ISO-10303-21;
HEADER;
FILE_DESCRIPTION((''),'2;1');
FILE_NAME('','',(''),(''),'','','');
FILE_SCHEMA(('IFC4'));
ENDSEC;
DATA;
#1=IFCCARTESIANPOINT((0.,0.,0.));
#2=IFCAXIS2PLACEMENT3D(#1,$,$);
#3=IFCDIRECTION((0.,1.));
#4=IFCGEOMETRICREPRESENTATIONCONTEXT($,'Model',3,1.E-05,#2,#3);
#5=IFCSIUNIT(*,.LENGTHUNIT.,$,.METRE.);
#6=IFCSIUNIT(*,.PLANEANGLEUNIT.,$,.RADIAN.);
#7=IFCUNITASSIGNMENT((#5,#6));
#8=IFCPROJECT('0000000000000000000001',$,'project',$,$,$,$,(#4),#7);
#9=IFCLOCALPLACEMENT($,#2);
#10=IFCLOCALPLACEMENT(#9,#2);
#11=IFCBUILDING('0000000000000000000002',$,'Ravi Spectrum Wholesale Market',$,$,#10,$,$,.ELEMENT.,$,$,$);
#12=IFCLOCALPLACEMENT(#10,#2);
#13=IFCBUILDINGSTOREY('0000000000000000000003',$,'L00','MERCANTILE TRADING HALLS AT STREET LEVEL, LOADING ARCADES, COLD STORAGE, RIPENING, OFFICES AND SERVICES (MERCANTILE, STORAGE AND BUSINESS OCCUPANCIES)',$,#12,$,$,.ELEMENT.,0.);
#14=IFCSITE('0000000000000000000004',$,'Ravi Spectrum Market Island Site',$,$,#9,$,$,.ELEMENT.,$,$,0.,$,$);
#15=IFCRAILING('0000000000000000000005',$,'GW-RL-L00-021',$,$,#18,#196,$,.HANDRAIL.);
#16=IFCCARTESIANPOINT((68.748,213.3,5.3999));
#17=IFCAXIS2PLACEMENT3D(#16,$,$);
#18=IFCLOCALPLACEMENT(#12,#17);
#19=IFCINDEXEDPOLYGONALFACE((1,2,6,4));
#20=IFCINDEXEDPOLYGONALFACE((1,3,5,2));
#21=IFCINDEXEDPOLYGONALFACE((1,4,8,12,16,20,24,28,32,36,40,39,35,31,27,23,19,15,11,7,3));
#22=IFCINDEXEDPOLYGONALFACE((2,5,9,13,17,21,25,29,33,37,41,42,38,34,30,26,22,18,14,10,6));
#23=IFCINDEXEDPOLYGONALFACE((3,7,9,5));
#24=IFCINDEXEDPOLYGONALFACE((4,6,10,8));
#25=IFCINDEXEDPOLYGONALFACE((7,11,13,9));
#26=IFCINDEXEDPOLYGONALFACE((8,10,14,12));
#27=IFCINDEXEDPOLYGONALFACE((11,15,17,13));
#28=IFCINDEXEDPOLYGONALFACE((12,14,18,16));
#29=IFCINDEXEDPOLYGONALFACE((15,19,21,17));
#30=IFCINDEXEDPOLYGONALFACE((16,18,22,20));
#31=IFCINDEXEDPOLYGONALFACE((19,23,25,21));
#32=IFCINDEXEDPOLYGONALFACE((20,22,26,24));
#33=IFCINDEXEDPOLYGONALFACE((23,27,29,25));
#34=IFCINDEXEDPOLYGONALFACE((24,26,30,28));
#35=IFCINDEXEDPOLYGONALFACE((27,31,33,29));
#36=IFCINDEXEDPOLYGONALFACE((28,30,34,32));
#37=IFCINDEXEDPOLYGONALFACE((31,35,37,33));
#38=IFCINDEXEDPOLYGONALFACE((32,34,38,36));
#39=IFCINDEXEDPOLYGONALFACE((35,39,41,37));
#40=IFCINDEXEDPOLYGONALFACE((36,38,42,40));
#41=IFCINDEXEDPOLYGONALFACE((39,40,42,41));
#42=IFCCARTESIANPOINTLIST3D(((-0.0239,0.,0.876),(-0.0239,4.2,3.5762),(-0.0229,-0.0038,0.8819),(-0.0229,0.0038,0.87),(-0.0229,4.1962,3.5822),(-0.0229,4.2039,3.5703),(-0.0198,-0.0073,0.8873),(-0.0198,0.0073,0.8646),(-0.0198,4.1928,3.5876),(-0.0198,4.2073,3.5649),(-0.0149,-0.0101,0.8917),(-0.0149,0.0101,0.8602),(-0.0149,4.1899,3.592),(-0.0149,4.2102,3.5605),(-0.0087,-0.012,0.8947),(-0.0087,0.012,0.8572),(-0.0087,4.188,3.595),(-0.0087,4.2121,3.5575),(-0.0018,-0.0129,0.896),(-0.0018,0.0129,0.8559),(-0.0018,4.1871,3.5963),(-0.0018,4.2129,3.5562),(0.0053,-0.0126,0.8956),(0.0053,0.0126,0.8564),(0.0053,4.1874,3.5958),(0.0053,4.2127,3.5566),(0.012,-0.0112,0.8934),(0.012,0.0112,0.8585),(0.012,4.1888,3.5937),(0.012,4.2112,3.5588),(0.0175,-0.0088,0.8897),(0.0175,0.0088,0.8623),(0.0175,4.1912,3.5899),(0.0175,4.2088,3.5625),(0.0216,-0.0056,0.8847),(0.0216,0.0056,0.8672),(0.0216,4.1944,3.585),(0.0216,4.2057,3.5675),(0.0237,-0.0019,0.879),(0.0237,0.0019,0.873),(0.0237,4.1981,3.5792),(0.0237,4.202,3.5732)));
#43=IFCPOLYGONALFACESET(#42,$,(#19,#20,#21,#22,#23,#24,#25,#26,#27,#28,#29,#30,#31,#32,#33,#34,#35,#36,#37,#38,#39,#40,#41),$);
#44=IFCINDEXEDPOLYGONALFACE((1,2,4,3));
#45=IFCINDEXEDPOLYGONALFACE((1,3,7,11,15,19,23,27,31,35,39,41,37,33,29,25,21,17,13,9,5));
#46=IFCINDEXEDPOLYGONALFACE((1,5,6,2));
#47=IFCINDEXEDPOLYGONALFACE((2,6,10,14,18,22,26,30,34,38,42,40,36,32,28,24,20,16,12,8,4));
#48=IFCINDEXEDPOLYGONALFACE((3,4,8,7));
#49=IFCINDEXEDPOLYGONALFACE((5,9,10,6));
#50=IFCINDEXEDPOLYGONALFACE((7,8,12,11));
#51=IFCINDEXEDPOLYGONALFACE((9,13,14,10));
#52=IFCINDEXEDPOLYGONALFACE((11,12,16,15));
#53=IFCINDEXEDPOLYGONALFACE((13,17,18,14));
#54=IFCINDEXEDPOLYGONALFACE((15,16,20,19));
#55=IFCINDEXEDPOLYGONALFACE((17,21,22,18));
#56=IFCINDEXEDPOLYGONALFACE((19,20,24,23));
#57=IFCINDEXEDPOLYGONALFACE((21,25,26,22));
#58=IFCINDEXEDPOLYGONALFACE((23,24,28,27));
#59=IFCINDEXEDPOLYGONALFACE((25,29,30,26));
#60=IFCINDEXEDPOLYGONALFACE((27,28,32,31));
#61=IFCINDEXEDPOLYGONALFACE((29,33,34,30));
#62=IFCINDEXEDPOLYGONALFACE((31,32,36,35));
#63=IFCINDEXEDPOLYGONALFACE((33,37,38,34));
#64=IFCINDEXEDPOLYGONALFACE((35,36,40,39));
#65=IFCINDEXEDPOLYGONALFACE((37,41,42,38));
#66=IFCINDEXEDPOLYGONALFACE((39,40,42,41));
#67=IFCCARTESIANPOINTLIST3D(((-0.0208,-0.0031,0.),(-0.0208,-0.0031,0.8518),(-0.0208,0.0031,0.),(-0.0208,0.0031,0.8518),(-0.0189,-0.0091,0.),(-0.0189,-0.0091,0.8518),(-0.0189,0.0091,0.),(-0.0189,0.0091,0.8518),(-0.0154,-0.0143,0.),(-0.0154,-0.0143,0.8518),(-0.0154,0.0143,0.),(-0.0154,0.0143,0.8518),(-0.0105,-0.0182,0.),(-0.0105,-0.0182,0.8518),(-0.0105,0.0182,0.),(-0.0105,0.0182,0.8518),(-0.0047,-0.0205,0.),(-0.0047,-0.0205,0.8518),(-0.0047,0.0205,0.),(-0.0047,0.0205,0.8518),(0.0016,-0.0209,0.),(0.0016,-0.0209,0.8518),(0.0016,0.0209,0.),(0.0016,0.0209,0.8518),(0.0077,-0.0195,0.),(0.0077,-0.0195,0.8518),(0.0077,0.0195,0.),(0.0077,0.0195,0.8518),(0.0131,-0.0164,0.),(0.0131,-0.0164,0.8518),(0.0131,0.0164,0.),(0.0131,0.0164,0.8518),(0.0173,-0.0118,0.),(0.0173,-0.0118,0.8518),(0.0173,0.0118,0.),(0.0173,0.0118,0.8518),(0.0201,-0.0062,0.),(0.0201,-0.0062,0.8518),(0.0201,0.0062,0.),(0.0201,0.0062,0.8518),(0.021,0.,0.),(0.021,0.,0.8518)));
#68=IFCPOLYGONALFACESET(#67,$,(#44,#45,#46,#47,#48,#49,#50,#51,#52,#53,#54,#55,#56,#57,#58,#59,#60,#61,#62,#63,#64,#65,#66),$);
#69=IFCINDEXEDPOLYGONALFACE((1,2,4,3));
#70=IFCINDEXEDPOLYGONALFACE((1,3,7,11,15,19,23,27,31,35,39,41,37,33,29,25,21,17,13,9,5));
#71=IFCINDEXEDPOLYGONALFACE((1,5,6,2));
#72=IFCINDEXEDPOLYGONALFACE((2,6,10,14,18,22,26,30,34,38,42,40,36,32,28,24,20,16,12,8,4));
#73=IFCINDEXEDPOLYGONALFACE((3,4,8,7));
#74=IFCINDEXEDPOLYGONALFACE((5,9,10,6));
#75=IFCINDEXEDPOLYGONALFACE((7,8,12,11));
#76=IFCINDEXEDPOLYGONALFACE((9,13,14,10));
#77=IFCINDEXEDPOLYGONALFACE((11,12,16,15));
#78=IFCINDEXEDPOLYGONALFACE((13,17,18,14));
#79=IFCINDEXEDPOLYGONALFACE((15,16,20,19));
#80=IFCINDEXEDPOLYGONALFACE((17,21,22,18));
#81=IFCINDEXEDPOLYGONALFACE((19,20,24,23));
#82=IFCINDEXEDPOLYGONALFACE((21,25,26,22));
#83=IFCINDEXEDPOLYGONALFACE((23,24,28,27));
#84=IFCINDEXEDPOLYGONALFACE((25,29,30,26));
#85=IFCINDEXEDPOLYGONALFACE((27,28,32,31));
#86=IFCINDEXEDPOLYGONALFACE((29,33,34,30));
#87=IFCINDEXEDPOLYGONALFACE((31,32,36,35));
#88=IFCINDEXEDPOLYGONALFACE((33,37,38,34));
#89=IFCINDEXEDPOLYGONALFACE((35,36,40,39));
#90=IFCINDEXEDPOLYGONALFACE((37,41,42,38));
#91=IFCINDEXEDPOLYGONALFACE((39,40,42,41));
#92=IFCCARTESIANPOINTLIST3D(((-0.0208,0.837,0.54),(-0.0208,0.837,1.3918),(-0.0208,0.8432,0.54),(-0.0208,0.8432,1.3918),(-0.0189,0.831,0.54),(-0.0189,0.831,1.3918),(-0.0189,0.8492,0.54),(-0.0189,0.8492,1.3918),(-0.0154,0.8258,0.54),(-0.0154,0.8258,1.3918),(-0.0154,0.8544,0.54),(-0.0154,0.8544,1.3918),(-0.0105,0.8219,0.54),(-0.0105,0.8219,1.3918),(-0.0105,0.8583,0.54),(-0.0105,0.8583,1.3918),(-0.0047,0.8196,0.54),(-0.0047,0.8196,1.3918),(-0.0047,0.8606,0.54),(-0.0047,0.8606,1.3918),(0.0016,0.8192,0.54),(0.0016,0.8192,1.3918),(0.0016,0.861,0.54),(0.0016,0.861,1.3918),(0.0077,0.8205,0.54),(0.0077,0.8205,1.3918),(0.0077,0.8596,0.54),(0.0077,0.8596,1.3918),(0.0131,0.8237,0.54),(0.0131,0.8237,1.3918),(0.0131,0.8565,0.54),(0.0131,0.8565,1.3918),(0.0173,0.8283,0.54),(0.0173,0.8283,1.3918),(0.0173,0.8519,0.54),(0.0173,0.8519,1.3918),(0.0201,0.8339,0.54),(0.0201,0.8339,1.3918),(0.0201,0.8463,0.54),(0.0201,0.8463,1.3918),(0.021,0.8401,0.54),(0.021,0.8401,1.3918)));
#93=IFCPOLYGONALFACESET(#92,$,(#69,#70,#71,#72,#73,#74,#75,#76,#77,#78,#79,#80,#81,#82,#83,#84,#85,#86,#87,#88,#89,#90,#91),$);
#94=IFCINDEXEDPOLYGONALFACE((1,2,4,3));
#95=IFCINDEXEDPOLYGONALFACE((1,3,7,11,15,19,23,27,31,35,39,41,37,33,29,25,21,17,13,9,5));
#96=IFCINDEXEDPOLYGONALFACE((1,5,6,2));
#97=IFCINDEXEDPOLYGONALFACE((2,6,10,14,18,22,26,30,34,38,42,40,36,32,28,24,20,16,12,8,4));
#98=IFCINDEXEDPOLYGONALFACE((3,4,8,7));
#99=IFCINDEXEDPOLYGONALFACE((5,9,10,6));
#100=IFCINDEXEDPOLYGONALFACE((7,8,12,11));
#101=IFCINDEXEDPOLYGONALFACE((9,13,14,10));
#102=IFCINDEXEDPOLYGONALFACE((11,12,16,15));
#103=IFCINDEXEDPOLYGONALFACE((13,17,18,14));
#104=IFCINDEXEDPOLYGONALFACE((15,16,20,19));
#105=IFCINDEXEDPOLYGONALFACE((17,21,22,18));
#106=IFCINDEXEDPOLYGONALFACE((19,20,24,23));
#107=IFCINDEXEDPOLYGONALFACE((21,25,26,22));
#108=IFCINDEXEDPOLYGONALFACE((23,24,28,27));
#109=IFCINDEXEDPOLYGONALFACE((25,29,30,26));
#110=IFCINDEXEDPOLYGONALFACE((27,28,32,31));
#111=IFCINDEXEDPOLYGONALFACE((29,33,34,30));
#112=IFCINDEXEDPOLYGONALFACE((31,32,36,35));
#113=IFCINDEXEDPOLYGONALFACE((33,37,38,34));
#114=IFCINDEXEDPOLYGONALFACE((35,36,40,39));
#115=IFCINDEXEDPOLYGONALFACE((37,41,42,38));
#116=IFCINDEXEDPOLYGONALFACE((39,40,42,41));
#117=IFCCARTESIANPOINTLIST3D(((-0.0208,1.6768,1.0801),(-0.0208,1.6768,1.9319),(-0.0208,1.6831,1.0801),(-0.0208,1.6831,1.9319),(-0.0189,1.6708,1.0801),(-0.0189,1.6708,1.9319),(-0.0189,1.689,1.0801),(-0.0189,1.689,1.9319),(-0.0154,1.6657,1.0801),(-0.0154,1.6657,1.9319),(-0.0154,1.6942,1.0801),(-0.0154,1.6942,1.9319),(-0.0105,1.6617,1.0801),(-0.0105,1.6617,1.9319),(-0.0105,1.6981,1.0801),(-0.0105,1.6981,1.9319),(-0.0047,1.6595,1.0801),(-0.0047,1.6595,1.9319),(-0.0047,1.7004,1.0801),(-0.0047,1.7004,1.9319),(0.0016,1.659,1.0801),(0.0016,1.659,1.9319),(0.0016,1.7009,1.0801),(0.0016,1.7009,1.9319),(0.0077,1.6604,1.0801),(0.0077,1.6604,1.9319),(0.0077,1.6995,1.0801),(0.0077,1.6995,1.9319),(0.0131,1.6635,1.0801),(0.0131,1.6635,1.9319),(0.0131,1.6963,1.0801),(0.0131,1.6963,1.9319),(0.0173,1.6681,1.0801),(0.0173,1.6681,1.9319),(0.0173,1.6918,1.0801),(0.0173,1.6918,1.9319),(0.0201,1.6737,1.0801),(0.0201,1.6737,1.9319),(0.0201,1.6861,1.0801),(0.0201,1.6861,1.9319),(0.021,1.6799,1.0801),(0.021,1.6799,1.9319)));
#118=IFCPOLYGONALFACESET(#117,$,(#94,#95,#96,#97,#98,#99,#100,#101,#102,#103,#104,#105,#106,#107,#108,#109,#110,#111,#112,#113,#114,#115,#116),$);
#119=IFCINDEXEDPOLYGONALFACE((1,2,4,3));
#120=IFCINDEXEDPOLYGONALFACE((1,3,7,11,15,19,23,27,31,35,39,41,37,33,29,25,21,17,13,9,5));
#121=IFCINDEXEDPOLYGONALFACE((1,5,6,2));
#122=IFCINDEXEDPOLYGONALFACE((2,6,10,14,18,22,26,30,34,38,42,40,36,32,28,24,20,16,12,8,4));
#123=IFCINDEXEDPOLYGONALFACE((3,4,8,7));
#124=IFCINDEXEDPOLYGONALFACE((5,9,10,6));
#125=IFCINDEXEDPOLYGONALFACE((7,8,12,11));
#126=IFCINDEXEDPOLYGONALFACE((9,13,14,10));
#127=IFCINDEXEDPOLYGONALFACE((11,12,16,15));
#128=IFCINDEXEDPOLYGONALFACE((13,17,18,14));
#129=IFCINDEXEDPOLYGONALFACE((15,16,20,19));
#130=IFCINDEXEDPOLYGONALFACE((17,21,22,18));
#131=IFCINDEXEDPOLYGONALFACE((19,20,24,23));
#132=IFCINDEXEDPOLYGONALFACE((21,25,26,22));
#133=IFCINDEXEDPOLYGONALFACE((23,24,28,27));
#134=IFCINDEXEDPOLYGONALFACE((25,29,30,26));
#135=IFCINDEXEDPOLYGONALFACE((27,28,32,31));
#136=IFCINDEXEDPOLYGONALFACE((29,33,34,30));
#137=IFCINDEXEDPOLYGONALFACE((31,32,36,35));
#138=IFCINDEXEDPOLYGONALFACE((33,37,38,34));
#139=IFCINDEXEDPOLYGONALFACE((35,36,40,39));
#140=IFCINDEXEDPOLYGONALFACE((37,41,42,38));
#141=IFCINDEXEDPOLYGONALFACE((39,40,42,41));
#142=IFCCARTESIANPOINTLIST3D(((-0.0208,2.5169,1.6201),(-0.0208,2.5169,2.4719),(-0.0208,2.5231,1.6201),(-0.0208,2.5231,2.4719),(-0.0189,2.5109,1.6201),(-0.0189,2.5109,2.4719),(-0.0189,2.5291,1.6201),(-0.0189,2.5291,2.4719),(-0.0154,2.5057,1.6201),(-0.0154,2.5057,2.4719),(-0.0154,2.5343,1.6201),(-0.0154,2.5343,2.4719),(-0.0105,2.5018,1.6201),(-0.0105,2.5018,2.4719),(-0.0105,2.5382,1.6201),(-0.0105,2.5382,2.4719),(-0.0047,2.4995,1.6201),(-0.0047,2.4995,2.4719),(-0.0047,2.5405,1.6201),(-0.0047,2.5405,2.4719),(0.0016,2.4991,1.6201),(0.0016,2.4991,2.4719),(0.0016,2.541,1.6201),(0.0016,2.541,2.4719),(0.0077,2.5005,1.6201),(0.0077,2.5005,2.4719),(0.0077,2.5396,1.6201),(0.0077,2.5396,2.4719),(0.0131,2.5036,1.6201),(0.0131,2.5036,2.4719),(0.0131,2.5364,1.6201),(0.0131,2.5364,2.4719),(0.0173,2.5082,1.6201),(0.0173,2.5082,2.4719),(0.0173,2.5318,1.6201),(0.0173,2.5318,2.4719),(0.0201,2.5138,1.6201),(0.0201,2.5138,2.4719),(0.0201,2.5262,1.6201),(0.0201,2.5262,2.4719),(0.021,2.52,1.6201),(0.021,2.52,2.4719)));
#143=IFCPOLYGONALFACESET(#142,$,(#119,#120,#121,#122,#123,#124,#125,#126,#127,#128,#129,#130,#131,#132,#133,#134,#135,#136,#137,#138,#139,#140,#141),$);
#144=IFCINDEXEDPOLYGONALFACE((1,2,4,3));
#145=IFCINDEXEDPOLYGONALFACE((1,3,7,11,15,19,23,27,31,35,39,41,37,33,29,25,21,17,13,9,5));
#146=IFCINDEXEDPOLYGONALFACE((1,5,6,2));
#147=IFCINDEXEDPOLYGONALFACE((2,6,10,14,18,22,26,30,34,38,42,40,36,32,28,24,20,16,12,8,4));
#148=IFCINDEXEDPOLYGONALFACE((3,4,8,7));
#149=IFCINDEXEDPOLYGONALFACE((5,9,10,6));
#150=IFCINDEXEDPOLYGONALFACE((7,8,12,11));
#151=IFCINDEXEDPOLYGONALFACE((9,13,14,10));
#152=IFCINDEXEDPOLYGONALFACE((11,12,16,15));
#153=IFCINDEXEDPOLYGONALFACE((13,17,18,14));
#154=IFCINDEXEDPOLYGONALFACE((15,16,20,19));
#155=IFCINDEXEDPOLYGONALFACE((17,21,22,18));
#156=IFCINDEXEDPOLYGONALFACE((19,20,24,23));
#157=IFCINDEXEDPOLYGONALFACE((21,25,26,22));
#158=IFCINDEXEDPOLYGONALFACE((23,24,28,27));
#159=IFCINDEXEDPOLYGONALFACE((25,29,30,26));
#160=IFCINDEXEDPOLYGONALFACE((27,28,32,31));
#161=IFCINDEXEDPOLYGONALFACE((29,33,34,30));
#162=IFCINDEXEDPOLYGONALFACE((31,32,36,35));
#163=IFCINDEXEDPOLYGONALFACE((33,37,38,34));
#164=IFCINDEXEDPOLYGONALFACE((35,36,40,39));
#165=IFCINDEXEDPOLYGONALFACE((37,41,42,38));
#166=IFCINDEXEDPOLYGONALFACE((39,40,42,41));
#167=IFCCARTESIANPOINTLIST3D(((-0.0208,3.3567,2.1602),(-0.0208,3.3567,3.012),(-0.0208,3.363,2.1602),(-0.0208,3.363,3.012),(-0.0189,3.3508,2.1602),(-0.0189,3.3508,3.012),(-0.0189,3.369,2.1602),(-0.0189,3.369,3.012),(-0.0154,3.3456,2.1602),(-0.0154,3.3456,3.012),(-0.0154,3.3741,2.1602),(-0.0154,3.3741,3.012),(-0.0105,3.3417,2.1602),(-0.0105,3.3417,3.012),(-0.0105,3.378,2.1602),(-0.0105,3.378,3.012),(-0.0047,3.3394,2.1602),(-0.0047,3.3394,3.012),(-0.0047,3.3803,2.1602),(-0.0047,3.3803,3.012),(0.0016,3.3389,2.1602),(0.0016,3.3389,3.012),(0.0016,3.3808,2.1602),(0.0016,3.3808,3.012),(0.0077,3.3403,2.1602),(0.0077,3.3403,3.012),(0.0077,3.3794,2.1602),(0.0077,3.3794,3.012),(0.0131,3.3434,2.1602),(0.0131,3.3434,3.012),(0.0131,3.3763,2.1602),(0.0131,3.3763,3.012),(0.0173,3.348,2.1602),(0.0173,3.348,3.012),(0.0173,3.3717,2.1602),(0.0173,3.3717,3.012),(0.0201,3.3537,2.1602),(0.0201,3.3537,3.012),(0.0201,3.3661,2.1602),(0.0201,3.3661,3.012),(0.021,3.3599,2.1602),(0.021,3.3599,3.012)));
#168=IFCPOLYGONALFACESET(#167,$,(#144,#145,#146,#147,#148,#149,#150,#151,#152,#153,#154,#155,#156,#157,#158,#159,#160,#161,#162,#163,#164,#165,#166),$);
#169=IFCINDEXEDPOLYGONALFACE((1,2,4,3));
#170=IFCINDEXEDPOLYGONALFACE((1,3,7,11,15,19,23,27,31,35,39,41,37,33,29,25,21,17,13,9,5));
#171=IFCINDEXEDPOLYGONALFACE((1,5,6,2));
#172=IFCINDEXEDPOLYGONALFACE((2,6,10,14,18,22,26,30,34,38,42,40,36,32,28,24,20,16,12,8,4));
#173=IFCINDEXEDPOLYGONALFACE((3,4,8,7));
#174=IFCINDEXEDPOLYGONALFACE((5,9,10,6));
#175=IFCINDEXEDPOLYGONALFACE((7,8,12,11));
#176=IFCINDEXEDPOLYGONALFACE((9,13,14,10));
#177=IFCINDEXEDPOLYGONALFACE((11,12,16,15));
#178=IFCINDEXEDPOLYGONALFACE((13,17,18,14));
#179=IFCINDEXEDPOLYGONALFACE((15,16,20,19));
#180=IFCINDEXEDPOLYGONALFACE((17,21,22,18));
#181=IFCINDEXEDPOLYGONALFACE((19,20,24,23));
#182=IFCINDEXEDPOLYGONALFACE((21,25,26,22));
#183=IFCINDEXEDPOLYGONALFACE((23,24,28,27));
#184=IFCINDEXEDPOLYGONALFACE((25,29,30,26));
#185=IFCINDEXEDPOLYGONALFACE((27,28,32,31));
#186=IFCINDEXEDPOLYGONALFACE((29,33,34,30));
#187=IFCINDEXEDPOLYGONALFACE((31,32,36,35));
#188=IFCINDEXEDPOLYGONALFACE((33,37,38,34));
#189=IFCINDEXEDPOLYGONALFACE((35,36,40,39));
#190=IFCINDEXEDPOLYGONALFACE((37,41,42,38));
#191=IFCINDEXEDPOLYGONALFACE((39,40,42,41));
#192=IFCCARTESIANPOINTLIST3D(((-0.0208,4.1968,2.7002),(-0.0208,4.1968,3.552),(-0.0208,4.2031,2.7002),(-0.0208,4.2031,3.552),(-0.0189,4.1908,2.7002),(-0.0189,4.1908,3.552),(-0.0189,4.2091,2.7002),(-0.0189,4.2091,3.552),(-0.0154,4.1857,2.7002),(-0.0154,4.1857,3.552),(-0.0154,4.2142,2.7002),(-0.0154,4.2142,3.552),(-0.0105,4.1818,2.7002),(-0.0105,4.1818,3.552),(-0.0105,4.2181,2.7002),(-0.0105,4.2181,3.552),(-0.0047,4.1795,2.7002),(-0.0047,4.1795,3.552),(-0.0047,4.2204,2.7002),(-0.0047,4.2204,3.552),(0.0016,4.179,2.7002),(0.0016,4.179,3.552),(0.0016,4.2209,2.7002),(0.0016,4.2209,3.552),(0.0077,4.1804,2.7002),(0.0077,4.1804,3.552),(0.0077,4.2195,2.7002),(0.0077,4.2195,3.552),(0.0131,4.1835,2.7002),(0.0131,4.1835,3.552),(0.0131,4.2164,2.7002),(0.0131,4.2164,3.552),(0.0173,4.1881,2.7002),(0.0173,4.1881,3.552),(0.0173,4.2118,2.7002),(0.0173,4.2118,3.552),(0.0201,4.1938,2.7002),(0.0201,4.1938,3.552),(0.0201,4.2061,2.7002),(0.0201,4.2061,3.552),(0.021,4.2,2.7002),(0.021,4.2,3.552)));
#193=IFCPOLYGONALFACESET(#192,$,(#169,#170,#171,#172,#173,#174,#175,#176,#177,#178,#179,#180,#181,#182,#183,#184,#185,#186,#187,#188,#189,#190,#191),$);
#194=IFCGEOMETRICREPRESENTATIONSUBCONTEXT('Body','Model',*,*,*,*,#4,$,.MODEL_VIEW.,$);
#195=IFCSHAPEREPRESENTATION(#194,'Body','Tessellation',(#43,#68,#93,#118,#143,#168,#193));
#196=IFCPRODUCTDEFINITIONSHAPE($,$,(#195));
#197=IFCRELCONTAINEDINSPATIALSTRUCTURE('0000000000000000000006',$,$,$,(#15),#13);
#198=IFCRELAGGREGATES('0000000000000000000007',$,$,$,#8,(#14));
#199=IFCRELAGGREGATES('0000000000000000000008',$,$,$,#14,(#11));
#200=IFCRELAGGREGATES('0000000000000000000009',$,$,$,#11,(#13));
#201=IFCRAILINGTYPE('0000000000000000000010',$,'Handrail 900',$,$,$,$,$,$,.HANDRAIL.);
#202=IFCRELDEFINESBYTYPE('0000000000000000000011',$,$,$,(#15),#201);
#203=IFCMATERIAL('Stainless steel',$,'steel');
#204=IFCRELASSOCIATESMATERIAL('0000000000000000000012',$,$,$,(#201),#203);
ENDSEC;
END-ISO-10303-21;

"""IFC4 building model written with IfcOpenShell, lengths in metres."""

from ifc_helpers import new_model, si_unit, direction, frame, origin, origin_2d, place, context, subcontext, project, spatial, circle, extrude, material, type_object, element, save


model = new_model("IFC4")

# Units and contexts
model_context = context("Model", 3, precision=1e-05, world=origin(), true_north=direction((0.0, 1.0)))
body_context = subcontext(model_context, "Body", "Model", "MODEL_VIEW")
ifc_project = project(units=[si_unit("LENGTHUNIT", "METRE"), si_unit("PLANEANGLEUNIT", "RADIAN")], contexts=[model_context])

# Site, building, storey
site_placement = place(None, origin())
site = spatial("IfcSite", under=ifc_project, at=site_placement, Name="Ravi Spectrum Market Island Site", CompositionType="ELEMENT", RefElevation=0.0)
building_placement = place(site_placement, origin())
building = spatial("IfcBuilding", under=site, at=building_placement, Name="Ravi Spectrum Wholesale Market", CompositionType="ELEMENT")
storey_placement = place(building_placement, origin())
storey = spatial("IfcBuildingStorey", under=building, at=storey_placement, Name="L00", Description="MERCANTILE TRADING HALLS AT STREET LEVEL, LOADING ARCADES, COLD STORAGE, RIPENING, OFFICES AND SERVICES (MERCANTILE, STORAGE AND BUSINESS OCCUPANCIES)", CompositionType="ELEMENT", Elevation=0.0)

# Railing
ifc_material_1 = material(Name="Stainless steel", Category="steel")
railing_type = type_object("IfcRailingType", Name="Handrail 900", PredefinedType="HANDRAIL", material=ifc_material_1)
for number, where, name in (
    (1, (68.748, 213.3, 5.3999), "GW-RL-L00-021"),
):
    element("IfcRailing", number, at=place(storey_placement, frame(where)), inside=storey, type_object=railing_type, Name=name, PredefinedType="HANDRAIL", context=body_context, shape_type="SweptSolid", body=[
        extrude(circle(Radius=0.0239, at=origin_2d()), frame((0.0, 0.0, 0.876), z_axis=(0.0, 0.841158, 0.54079), x_axis=(-1.0, 0.0, 0.0)), (0.0, 0.0, 1.0), 4.9932),
        extrude(circle(Radius=0.021, at=origin_2d()), origin(), (0.0, 0.0, 1.0), 0.8518),
        extrude(circle(Radius=0.021, at=origin_2d()), frame((0.0, 0.8401, 0.54)), (0.0, 0.0, 1.0), 0.8518),
        extrude(circle(Radius=0.021, at=origin_2d()), frame((0.0, 1.6799, 1.0801)), (0.0, 0.0, 1.0), 0.8518),
        extrude(circle(Radius=0.021, at=origin_2d()), frame((0.0, 2.52, 1.6201)), (0.0, 0.0, 1.0), 0.8518),
        extrude(circle(Radius=0.021, at=origin_2d()), frame((0.0, 3.3599, 2.1602)), (0.0, 0.0, 1.0), 0.8518),
        extrude(circle(Radius=0.021, at=origin_2d()), frame((0.0, 4.2, 2.7002)), (0.0, 0.0, 1.0), 0.8518),
    ])

save(model, "model.ifc")
